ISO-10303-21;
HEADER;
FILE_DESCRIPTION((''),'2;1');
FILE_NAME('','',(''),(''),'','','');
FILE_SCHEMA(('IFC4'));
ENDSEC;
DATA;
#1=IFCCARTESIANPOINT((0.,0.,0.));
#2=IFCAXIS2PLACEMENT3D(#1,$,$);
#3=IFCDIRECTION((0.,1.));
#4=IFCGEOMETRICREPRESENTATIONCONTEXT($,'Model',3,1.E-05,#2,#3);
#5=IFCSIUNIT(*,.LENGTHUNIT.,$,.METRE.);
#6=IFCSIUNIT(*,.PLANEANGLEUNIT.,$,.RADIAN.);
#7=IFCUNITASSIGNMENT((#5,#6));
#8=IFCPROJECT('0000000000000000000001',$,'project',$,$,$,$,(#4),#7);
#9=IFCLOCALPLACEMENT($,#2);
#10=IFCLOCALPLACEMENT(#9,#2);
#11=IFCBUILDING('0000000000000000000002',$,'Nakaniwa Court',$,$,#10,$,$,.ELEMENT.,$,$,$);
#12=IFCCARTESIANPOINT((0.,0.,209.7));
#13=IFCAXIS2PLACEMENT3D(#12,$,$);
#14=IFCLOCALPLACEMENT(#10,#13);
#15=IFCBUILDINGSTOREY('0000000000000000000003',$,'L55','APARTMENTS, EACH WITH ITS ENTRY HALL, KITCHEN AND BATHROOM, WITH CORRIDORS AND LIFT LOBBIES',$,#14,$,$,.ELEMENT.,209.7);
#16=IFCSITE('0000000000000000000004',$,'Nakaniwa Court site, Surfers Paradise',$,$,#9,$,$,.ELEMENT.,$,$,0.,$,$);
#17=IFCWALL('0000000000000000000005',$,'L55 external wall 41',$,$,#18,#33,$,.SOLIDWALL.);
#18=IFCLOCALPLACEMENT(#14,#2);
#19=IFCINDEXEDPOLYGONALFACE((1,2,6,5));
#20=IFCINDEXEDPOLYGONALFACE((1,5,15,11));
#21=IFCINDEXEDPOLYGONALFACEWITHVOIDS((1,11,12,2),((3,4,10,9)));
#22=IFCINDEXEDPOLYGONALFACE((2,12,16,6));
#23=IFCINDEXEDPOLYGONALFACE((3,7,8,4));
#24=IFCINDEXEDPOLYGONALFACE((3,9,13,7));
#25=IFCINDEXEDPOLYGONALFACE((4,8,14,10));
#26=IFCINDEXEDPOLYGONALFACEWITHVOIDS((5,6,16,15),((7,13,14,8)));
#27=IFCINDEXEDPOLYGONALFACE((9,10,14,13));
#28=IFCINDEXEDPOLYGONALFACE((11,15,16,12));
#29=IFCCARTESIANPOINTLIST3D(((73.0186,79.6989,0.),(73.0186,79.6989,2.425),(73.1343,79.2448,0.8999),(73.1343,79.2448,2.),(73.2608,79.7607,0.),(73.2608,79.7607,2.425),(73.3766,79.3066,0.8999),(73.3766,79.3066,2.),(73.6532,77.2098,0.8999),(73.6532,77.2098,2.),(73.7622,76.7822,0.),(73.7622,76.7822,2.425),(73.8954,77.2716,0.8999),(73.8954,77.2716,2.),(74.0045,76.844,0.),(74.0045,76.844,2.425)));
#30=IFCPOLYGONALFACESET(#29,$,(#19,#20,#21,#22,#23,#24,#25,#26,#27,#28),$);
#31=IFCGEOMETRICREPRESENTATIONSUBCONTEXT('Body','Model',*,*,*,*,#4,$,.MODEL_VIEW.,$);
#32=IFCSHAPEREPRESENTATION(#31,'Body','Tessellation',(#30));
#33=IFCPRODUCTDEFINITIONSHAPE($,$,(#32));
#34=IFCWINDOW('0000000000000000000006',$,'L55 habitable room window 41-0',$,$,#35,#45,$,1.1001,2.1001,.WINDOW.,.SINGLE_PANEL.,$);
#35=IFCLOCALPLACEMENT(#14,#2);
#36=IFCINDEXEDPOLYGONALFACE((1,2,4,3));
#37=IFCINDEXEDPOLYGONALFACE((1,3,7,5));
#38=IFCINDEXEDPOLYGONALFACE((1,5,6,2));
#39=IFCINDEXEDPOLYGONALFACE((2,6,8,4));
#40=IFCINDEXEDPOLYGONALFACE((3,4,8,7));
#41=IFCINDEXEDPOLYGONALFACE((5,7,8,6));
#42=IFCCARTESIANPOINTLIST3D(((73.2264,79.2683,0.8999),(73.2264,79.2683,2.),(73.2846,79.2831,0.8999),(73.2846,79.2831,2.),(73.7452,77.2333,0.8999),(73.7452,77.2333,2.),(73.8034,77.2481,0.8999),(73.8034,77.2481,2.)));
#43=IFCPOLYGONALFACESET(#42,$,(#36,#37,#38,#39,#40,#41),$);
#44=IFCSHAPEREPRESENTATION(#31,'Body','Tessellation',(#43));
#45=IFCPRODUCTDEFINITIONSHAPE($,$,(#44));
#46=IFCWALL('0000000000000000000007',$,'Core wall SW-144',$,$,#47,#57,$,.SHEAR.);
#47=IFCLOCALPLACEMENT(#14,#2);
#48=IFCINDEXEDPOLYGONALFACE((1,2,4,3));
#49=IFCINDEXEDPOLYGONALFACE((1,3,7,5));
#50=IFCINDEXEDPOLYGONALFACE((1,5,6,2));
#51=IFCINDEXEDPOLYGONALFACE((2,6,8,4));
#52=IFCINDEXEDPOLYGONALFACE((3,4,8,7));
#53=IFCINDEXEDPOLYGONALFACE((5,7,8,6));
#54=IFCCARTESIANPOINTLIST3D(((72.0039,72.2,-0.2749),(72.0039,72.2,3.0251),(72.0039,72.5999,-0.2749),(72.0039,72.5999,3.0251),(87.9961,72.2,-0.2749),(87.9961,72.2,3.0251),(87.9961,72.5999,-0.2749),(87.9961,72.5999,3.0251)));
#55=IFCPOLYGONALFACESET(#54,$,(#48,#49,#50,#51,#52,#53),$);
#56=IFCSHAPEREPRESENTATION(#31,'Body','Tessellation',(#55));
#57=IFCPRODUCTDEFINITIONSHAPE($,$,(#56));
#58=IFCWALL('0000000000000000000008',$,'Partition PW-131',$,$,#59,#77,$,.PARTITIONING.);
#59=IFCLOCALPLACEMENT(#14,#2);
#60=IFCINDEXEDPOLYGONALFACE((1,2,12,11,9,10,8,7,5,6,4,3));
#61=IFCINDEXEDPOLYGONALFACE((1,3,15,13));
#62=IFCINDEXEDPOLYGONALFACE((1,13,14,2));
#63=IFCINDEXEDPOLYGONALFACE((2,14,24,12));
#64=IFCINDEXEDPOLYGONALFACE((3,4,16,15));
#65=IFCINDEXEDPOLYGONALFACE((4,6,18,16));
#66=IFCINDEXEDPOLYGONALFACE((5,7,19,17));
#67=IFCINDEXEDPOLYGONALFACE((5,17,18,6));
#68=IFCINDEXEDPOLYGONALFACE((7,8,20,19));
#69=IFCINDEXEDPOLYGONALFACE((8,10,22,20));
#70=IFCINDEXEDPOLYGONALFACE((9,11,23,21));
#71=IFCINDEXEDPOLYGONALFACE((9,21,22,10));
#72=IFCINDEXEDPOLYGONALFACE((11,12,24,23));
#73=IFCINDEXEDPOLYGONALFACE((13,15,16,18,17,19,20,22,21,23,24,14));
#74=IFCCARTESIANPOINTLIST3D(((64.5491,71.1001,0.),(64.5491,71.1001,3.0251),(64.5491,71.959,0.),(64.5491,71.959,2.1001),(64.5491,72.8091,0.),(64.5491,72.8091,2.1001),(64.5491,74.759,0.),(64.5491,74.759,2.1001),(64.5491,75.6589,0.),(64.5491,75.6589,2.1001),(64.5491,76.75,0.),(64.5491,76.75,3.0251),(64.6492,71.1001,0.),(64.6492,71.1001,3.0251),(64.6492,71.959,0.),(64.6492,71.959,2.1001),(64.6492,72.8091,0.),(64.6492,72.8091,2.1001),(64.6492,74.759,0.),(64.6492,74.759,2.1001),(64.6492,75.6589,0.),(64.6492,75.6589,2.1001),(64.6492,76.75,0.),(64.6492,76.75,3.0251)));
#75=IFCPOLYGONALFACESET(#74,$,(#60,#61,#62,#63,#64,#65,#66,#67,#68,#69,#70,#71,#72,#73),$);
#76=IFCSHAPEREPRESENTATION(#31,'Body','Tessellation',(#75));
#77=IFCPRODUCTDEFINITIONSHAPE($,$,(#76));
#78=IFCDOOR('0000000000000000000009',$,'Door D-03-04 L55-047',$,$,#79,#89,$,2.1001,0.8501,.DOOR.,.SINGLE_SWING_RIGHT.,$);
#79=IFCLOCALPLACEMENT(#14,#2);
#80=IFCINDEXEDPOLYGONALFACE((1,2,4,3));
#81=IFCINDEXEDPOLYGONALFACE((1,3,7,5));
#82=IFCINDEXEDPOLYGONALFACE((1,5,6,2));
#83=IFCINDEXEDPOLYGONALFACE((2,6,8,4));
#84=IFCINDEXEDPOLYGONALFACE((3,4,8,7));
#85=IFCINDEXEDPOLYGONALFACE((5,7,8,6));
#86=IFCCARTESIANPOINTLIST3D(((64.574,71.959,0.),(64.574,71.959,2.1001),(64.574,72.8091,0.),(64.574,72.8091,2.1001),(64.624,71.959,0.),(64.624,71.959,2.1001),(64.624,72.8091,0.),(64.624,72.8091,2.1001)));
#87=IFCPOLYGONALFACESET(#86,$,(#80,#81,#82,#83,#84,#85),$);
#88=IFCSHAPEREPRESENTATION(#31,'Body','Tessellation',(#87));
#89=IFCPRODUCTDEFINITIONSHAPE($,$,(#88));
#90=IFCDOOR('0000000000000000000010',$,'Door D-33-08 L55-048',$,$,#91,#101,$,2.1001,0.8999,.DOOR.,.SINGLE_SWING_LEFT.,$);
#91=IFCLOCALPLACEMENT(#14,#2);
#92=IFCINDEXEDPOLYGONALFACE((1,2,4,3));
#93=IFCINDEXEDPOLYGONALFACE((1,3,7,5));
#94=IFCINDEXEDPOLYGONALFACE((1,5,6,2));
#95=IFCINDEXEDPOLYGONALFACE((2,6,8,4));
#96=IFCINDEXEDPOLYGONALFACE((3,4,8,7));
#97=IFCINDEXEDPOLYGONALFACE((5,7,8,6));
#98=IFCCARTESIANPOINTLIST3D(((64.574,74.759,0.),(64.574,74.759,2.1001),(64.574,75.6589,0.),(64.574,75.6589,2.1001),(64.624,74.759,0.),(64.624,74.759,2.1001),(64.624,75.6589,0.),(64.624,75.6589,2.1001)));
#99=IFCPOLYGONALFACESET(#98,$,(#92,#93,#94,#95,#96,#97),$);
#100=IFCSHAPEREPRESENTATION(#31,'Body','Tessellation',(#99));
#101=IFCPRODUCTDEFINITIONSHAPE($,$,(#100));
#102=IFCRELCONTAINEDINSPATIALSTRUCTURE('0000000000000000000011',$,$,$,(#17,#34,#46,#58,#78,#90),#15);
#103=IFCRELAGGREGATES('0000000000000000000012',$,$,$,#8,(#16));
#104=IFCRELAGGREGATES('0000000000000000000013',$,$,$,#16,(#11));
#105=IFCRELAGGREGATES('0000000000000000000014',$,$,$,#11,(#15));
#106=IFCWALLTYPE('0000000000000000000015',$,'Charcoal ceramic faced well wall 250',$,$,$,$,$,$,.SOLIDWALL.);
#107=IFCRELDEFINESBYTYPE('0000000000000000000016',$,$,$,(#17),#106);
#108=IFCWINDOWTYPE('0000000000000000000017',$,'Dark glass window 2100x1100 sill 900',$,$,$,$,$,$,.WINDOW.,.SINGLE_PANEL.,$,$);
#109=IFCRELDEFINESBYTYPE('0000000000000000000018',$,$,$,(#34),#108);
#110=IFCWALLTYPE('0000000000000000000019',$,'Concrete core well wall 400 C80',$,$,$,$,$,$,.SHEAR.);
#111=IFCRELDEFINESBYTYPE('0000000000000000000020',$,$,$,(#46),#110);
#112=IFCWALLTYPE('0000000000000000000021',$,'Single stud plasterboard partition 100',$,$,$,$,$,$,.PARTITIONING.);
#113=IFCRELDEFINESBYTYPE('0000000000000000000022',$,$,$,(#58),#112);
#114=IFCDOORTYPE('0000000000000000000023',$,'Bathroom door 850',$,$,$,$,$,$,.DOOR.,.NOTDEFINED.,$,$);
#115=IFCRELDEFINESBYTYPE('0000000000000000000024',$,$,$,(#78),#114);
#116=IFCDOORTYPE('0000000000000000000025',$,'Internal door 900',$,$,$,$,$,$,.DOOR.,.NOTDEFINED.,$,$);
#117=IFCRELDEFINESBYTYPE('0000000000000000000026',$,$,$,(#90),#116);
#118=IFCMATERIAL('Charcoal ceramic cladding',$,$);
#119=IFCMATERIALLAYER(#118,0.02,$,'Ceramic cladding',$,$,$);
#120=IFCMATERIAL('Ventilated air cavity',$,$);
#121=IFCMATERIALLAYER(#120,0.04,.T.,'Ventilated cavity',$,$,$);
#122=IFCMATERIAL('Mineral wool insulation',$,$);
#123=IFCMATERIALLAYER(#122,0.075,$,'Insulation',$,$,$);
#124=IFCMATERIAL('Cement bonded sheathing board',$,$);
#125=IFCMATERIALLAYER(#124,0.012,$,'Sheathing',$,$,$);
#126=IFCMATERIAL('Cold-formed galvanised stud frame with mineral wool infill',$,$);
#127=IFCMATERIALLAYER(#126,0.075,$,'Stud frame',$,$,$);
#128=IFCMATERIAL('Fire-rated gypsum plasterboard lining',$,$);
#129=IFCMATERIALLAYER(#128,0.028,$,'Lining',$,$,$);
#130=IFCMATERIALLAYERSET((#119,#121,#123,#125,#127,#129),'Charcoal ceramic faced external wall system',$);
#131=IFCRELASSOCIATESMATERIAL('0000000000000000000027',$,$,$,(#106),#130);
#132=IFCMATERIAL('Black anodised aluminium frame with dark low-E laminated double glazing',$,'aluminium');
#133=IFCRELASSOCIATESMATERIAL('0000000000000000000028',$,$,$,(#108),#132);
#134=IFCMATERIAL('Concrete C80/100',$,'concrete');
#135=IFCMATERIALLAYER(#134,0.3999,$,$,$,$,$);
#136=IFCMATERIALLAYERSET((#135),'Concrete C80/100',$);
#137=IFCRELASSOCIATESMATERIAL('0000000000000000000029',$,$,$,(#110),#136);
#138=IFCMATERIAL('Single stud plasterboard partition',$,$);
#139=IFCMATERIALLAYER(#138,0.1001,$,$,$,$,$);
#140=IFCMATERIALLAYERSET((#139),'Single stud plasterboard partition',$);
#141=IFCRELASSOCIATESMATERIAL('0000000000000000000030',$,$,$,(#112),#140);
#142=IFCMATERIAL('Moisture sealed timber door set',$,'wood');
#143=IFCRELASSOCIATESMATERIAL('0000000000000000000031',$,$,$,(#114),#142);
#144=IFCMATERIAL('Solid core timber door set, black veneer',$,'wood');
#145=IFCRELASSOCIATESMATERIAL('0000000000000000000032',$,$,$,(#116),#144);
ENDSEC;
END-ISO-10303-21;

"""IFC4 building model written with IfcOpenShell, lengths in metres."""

from ifc_helpers import new_model, si_unit, direction, frame, frame_2d, origin, place, context, subcontext, project, spatial, rectangle, extrude, material, layer, layer_set, type_object, element, fill, save


model = new_model("IFC4")

# Units and contexts
model_context = context("Model", 3, precision=1e-05, world=origin(), true_north=direction((0.0, 1.0)))
body_context = subcontext(model_context, "Body", "Model", "MODEL_VIEW")
ifc_project = project(units=[si_unit("LENGTHUNIT", "METRE"), si_unit("PLANEANGLEUNIT", "RADIAN")], contexts=[model_context])

# Site, building, storey
site_placement = place(None, origin())
site = spatial("IfcSite", under=ifc_project, at=site_placement, Name="Nakaniwa Court site, Surfers Paradise", CompositionType="ELEMENT", RefElevation=0.0)
building_placement = place(site_placement, origin())
building = spatial("IfcBuilding", under=site, at=building_placement, Name="Nakaniwa Court", CompositionType="ELEMENT")
storey_placement = place(building_placement, frame((0.0, 0.0, 209.7)))
storey = spatial("IfcBuildingStorey", under=building, at=storey_placement, Name="L55", Description="APARTMENTS, EACH WITH ITS ENTRY HALL, KITCHEN AND BATHROOM, WITH CORRIDORS AND LIFT LOBBIES", CompositionType="ELEMENT", Elevation=209.7)

# Shared definitions
ifc_material_1 = material(Name="Concrete C80/100", Category="concrete")

# Shared definitions
ifc_material_2 = material(Name="Solid core timber door set, black veneer", Category="wood")

# Wall, opening, window
ifc_material_3 = material(Name="Charcoal ceramic cladding")
ifc_layer_1 = layer(ifc_material_3, 0.02, Name="Ceramic cladding")
ifc_material_4 = material(Name="Ventilated air cavity")
ifc_layer_2 = layer(ifc_material_4, 0.04, ventilated=True, Name="Ventilated cavity")
ifc_material_5 = material(Name="Mineral wool insulation")
ifc_layer_3 = layer(ifc_material_5, 0.075, Name="Insulation")
ifc_material_6 = material(Name="Cement bonded sheathing board")
ifc_layer_4 = layer(ifc_material_6, 0.012, Name="Sheathing")
ifc_material_7 = material(Name="Cold-formed galvanised stud frame with mineral wool infill")
ifc_layer_5 = layer(ifc_material_7, 0.075, Name="Stud frame")
ifc_material_8 = material(Name="Fire-rated gypsum plasterboard lining")
ifc_layer_6 = layer(ifc_material_8, 0.028, Name="Lining")
ifc_layer_set_1 = layer_set([ifc_layer_1, ifc_layer_2, ifc_layer_3, ifc_layer_4, ifc_layer_5, ifc_layer_6], Name="Charcoal ceramic faced external wall system")
wall_type_1 = type_object("IfcWallType", Name="Charcoal ceramic faced well wall 250", PredefinedType="SOLIDWALL", material=ifc_layer_set_1)
ifc_material_9 = material(Name="Black anodised aluminium frame with dark low-E laminated double glazing", Category="aluminium")
window_type = type_object("IfcWindowType", Name="Dark glass window 2100x1100 sill 900", PartitioningType="SINGLE_PANEL", PredefinedType="WINDOW", material=ifc_material_9)
wall_1_placement = place(storey_placement, frame((73.8833, 76.8132, 0.0), z_axis=(0.0, 0.0, 1.0), x_axis=(-0.247056, 0.969001, 0.0)))
wall_1 = element("IfcWall", 1, at=wall_1_placement, inside=storey, type_object=wall_type_1, Name="L55 external wall 41", PredefinedType="SOLIDWALL", context=body_context, shape_type="SweptSolid", body=[
    extrude(rectangle(XDim=3.01, YDim=0.25, at=frame_2d((1.5049, 0.0))), origin(), (0.0, 0.0, 1.0), 2.425),
])
opening_1_placement = place(wall_1_placement, frame((0.4412, 0.0, 0.8999)))
opening_1 = element("IfcOpeningElement", 2, at=opening_1_placement, cuts=wall_1, PredefinedType="OPENING", context=body_context, shape_type="SweptSolid", body=[
    extrude(rectangle(XDim=2.1001, YDim=1.1001, at=frame_2d((1.05, 0.55))), frame((0.0, 0.135, 0.0), z_axis=(0.0, -1.0, 0.0), x_axis=(1.0, 0.0, 0.0)), (0.0, 0.0, 1.0), 0.27),
])
window_1_placement = place(opening_1_placement, origin())
window_1 = element("IfcWindow", 3, at=window_1_placement, inside=storey, type_object=window_type, Name="L55 habitable room window 41-0", OverallHeight=1.1001, OverallWidth=2.1001, PartitioningType="SINGLE_PANEL", PredefinedType="WINDOW", context=body_context, shape_type="SweptSolid", body=[
    extrude(rectangle(XDim=2.1001, YDim=1.1001, at=frame_2d((1.05, 0.55))), frame((0.0, 0.03, 0.0), z_axis=(0.0, -1.0, 0.0), x_axis=(1.0, 0.0, 0.0)), (0.0, 0.0, 1.0), 0.0601),
])
fill(opening_1, window_1)

# Wall
ifc_layer_7 = layer(ifc_material_1, 0.3999)
ifc_layer_set_2 = layer_set([ifc_layer_7], Name="Concrete C80/100")
wall_type_2 = type_object("IfcWallType", Name="Concrete core well wall 400 C80", PredefinedType="SHEAR", material=ifc_layer_set_2)
wall_2_placement = place(storey_placement, frame((72.0039, 72.3999, -0.2749), z_axis=(0.0, 0.0, 1.0), x_axis=(1.0, 0.0, 0.0)))
element("IfcWall", 4, at=wall_2_placement, inside=storey, type_object=wall_type_2, Name="Core wall SW-144", PredefinedType="SHEAR", context=body_context, shape_type="SweptSolid", body=[
    extrude(rectangle(XDim=15.9922, YDim=0.3999, at=frame_2d((7.9961, 0.0))), origin(), (0.0, 0.0, 1.0), 3.3),
])

# Wall, openings, doors
ifc_material_10 = material(Name="Single stud plasterboard partition")
ifc_layer_8 = layer(ifc_material_10, 0.1001)
ifc_layer_set_3 = layer_set([ifc_layer_8], Name="Single stud plasterboard partition")
wall_type_3 = type_object("IfcWallType", Name="Single stud plasterboard partition 100", PredefinedType="PARTITIONING", material=ifc_layer_set_3)
wall_3_placement = place(storey_placement, frame((64.5991, 76.75, 0.0), z_axis=(0.0, 0.0, 1.0), x_axis=(0.0, -1.0, 0.0)))
wall_3 = element("IfcWall", 5, at=wall_3_placement, inside=storey, type_object=wall_type_3, Name="Partition PW-131", PredefinedType="PARTITIONING", context=body_context, shape_type="SweptSolid", body=[
    extrude(rectangle(XDim=5.6499, YDim=0.1001, at=frame_2d((2.825, 0.0))), origin(), (0.0, 0.0, 1.0), 3.0251),
])
opening_2_placement = place(wall_3_placement, frame((3.9409, 0.0, 0.0)))
opening_2 = element("IfcOpeningElement", 6, at=opening_2_placement, cuts=wall_3, PredefinedType="OPENING", context=body_context, shape_type="SweptSolid", body=[
    extrude(rectangle(XDim=0.8501, YDim=2.1001, at=frame_2d((0.425, 1.05))), frame((0.0, 0.0601, 0.0), z_axis=(0.0, -1.0, 0.0), x_axis=(1.0, 0.0, 0.0)), (0.0, 0.0, 1.0), 0.1201),
])
opening_3_placement = place(wall_3_placement, frame((1.0911, 0.0, 0.0)))
opening_3 = element("IfcOpeningElement", 7, at=opening_3_placement, cuts=wall_3, PredefinedType="OPENING", context=body_context, shape_type="SweptSolid", body=[
    extrude(rectangle(XDim=0.8999, YDim=2.1001, at=frame_2d((0.45, 1.05))), frame((0.0, 0.0601, 0.0), z_axis=(0.0, -1.0, 0.0), x_axis=(1.0, 0.0, 0.0)), (0.0, 0.0, 1.0), 0.1201),
])
ifc_material_11 = material(Name="Moisture sealed timber door set", Category="wood")
door_type_1 = type_object("IfcDoorType", Name="Bathroom door 850", OperationType="NOTDEFINED", PredefinedType="DOOR", material=ifc_material_11)
door_1_placement = place(opening_2_placement, origin())
door_1 = element("IfcDoor", 8, at=door_1_placement, inside=storey, type_object=door_type_1, Name="Door D-03-04 L55-047", OperationType="SINGLE_SWING_RIGHT", OverallHeight=2.1001, OverallWidth=0.8501, PredefinedType="DOOR", context=body_context, shape_type="SweptSolid", body=[
    extrude(rectangle(XDim=0.8501, YDim=2.1001, at=frame_2d((0.425, 1.05))), frame((0.0, 0.0249, 0.0), z_axis=(0.0, -1.0, 0.0), x_axis=(1.0, 0.0, 0.0)), (0.0, 0.0, 1.0), 0.05),
])
fill(opening_2, door_1)
door_type_2 = type_object("IfcDoorType", Name="Internal door 900", OperationType="NOTDEFINED", PredefinedType="DOOR", material=ifc_material_2)
door_2_placement = place(opening_3_placement, origin())
door_2 = element("IfcDoor", 9, at=door_2_placement, inside=storey, type_object=door_type_2, Name="Door D-33-08 L55-048", OperationType="SINGLE_SWING_LEFT", OverallHeight=2.1001, OverallWidth=0.8999, PredefinedType="DOOR", context=body_context, shape_type="SweptSolid", body=[
    extrude(rectangle(XDim=0.8999, YDim=2.1001, at=frame_2d((0.45, 1.05))), frame((0.0, 0.0249, 0.0), z_axis=(0.0, -1.0, 0.0), x_axis=(1.0, 0.0, 0.0)), (0.0, 0.0, 1.0), 0.05),
])
fill(opening_3, door_2)

save(model, "model.ifc")
